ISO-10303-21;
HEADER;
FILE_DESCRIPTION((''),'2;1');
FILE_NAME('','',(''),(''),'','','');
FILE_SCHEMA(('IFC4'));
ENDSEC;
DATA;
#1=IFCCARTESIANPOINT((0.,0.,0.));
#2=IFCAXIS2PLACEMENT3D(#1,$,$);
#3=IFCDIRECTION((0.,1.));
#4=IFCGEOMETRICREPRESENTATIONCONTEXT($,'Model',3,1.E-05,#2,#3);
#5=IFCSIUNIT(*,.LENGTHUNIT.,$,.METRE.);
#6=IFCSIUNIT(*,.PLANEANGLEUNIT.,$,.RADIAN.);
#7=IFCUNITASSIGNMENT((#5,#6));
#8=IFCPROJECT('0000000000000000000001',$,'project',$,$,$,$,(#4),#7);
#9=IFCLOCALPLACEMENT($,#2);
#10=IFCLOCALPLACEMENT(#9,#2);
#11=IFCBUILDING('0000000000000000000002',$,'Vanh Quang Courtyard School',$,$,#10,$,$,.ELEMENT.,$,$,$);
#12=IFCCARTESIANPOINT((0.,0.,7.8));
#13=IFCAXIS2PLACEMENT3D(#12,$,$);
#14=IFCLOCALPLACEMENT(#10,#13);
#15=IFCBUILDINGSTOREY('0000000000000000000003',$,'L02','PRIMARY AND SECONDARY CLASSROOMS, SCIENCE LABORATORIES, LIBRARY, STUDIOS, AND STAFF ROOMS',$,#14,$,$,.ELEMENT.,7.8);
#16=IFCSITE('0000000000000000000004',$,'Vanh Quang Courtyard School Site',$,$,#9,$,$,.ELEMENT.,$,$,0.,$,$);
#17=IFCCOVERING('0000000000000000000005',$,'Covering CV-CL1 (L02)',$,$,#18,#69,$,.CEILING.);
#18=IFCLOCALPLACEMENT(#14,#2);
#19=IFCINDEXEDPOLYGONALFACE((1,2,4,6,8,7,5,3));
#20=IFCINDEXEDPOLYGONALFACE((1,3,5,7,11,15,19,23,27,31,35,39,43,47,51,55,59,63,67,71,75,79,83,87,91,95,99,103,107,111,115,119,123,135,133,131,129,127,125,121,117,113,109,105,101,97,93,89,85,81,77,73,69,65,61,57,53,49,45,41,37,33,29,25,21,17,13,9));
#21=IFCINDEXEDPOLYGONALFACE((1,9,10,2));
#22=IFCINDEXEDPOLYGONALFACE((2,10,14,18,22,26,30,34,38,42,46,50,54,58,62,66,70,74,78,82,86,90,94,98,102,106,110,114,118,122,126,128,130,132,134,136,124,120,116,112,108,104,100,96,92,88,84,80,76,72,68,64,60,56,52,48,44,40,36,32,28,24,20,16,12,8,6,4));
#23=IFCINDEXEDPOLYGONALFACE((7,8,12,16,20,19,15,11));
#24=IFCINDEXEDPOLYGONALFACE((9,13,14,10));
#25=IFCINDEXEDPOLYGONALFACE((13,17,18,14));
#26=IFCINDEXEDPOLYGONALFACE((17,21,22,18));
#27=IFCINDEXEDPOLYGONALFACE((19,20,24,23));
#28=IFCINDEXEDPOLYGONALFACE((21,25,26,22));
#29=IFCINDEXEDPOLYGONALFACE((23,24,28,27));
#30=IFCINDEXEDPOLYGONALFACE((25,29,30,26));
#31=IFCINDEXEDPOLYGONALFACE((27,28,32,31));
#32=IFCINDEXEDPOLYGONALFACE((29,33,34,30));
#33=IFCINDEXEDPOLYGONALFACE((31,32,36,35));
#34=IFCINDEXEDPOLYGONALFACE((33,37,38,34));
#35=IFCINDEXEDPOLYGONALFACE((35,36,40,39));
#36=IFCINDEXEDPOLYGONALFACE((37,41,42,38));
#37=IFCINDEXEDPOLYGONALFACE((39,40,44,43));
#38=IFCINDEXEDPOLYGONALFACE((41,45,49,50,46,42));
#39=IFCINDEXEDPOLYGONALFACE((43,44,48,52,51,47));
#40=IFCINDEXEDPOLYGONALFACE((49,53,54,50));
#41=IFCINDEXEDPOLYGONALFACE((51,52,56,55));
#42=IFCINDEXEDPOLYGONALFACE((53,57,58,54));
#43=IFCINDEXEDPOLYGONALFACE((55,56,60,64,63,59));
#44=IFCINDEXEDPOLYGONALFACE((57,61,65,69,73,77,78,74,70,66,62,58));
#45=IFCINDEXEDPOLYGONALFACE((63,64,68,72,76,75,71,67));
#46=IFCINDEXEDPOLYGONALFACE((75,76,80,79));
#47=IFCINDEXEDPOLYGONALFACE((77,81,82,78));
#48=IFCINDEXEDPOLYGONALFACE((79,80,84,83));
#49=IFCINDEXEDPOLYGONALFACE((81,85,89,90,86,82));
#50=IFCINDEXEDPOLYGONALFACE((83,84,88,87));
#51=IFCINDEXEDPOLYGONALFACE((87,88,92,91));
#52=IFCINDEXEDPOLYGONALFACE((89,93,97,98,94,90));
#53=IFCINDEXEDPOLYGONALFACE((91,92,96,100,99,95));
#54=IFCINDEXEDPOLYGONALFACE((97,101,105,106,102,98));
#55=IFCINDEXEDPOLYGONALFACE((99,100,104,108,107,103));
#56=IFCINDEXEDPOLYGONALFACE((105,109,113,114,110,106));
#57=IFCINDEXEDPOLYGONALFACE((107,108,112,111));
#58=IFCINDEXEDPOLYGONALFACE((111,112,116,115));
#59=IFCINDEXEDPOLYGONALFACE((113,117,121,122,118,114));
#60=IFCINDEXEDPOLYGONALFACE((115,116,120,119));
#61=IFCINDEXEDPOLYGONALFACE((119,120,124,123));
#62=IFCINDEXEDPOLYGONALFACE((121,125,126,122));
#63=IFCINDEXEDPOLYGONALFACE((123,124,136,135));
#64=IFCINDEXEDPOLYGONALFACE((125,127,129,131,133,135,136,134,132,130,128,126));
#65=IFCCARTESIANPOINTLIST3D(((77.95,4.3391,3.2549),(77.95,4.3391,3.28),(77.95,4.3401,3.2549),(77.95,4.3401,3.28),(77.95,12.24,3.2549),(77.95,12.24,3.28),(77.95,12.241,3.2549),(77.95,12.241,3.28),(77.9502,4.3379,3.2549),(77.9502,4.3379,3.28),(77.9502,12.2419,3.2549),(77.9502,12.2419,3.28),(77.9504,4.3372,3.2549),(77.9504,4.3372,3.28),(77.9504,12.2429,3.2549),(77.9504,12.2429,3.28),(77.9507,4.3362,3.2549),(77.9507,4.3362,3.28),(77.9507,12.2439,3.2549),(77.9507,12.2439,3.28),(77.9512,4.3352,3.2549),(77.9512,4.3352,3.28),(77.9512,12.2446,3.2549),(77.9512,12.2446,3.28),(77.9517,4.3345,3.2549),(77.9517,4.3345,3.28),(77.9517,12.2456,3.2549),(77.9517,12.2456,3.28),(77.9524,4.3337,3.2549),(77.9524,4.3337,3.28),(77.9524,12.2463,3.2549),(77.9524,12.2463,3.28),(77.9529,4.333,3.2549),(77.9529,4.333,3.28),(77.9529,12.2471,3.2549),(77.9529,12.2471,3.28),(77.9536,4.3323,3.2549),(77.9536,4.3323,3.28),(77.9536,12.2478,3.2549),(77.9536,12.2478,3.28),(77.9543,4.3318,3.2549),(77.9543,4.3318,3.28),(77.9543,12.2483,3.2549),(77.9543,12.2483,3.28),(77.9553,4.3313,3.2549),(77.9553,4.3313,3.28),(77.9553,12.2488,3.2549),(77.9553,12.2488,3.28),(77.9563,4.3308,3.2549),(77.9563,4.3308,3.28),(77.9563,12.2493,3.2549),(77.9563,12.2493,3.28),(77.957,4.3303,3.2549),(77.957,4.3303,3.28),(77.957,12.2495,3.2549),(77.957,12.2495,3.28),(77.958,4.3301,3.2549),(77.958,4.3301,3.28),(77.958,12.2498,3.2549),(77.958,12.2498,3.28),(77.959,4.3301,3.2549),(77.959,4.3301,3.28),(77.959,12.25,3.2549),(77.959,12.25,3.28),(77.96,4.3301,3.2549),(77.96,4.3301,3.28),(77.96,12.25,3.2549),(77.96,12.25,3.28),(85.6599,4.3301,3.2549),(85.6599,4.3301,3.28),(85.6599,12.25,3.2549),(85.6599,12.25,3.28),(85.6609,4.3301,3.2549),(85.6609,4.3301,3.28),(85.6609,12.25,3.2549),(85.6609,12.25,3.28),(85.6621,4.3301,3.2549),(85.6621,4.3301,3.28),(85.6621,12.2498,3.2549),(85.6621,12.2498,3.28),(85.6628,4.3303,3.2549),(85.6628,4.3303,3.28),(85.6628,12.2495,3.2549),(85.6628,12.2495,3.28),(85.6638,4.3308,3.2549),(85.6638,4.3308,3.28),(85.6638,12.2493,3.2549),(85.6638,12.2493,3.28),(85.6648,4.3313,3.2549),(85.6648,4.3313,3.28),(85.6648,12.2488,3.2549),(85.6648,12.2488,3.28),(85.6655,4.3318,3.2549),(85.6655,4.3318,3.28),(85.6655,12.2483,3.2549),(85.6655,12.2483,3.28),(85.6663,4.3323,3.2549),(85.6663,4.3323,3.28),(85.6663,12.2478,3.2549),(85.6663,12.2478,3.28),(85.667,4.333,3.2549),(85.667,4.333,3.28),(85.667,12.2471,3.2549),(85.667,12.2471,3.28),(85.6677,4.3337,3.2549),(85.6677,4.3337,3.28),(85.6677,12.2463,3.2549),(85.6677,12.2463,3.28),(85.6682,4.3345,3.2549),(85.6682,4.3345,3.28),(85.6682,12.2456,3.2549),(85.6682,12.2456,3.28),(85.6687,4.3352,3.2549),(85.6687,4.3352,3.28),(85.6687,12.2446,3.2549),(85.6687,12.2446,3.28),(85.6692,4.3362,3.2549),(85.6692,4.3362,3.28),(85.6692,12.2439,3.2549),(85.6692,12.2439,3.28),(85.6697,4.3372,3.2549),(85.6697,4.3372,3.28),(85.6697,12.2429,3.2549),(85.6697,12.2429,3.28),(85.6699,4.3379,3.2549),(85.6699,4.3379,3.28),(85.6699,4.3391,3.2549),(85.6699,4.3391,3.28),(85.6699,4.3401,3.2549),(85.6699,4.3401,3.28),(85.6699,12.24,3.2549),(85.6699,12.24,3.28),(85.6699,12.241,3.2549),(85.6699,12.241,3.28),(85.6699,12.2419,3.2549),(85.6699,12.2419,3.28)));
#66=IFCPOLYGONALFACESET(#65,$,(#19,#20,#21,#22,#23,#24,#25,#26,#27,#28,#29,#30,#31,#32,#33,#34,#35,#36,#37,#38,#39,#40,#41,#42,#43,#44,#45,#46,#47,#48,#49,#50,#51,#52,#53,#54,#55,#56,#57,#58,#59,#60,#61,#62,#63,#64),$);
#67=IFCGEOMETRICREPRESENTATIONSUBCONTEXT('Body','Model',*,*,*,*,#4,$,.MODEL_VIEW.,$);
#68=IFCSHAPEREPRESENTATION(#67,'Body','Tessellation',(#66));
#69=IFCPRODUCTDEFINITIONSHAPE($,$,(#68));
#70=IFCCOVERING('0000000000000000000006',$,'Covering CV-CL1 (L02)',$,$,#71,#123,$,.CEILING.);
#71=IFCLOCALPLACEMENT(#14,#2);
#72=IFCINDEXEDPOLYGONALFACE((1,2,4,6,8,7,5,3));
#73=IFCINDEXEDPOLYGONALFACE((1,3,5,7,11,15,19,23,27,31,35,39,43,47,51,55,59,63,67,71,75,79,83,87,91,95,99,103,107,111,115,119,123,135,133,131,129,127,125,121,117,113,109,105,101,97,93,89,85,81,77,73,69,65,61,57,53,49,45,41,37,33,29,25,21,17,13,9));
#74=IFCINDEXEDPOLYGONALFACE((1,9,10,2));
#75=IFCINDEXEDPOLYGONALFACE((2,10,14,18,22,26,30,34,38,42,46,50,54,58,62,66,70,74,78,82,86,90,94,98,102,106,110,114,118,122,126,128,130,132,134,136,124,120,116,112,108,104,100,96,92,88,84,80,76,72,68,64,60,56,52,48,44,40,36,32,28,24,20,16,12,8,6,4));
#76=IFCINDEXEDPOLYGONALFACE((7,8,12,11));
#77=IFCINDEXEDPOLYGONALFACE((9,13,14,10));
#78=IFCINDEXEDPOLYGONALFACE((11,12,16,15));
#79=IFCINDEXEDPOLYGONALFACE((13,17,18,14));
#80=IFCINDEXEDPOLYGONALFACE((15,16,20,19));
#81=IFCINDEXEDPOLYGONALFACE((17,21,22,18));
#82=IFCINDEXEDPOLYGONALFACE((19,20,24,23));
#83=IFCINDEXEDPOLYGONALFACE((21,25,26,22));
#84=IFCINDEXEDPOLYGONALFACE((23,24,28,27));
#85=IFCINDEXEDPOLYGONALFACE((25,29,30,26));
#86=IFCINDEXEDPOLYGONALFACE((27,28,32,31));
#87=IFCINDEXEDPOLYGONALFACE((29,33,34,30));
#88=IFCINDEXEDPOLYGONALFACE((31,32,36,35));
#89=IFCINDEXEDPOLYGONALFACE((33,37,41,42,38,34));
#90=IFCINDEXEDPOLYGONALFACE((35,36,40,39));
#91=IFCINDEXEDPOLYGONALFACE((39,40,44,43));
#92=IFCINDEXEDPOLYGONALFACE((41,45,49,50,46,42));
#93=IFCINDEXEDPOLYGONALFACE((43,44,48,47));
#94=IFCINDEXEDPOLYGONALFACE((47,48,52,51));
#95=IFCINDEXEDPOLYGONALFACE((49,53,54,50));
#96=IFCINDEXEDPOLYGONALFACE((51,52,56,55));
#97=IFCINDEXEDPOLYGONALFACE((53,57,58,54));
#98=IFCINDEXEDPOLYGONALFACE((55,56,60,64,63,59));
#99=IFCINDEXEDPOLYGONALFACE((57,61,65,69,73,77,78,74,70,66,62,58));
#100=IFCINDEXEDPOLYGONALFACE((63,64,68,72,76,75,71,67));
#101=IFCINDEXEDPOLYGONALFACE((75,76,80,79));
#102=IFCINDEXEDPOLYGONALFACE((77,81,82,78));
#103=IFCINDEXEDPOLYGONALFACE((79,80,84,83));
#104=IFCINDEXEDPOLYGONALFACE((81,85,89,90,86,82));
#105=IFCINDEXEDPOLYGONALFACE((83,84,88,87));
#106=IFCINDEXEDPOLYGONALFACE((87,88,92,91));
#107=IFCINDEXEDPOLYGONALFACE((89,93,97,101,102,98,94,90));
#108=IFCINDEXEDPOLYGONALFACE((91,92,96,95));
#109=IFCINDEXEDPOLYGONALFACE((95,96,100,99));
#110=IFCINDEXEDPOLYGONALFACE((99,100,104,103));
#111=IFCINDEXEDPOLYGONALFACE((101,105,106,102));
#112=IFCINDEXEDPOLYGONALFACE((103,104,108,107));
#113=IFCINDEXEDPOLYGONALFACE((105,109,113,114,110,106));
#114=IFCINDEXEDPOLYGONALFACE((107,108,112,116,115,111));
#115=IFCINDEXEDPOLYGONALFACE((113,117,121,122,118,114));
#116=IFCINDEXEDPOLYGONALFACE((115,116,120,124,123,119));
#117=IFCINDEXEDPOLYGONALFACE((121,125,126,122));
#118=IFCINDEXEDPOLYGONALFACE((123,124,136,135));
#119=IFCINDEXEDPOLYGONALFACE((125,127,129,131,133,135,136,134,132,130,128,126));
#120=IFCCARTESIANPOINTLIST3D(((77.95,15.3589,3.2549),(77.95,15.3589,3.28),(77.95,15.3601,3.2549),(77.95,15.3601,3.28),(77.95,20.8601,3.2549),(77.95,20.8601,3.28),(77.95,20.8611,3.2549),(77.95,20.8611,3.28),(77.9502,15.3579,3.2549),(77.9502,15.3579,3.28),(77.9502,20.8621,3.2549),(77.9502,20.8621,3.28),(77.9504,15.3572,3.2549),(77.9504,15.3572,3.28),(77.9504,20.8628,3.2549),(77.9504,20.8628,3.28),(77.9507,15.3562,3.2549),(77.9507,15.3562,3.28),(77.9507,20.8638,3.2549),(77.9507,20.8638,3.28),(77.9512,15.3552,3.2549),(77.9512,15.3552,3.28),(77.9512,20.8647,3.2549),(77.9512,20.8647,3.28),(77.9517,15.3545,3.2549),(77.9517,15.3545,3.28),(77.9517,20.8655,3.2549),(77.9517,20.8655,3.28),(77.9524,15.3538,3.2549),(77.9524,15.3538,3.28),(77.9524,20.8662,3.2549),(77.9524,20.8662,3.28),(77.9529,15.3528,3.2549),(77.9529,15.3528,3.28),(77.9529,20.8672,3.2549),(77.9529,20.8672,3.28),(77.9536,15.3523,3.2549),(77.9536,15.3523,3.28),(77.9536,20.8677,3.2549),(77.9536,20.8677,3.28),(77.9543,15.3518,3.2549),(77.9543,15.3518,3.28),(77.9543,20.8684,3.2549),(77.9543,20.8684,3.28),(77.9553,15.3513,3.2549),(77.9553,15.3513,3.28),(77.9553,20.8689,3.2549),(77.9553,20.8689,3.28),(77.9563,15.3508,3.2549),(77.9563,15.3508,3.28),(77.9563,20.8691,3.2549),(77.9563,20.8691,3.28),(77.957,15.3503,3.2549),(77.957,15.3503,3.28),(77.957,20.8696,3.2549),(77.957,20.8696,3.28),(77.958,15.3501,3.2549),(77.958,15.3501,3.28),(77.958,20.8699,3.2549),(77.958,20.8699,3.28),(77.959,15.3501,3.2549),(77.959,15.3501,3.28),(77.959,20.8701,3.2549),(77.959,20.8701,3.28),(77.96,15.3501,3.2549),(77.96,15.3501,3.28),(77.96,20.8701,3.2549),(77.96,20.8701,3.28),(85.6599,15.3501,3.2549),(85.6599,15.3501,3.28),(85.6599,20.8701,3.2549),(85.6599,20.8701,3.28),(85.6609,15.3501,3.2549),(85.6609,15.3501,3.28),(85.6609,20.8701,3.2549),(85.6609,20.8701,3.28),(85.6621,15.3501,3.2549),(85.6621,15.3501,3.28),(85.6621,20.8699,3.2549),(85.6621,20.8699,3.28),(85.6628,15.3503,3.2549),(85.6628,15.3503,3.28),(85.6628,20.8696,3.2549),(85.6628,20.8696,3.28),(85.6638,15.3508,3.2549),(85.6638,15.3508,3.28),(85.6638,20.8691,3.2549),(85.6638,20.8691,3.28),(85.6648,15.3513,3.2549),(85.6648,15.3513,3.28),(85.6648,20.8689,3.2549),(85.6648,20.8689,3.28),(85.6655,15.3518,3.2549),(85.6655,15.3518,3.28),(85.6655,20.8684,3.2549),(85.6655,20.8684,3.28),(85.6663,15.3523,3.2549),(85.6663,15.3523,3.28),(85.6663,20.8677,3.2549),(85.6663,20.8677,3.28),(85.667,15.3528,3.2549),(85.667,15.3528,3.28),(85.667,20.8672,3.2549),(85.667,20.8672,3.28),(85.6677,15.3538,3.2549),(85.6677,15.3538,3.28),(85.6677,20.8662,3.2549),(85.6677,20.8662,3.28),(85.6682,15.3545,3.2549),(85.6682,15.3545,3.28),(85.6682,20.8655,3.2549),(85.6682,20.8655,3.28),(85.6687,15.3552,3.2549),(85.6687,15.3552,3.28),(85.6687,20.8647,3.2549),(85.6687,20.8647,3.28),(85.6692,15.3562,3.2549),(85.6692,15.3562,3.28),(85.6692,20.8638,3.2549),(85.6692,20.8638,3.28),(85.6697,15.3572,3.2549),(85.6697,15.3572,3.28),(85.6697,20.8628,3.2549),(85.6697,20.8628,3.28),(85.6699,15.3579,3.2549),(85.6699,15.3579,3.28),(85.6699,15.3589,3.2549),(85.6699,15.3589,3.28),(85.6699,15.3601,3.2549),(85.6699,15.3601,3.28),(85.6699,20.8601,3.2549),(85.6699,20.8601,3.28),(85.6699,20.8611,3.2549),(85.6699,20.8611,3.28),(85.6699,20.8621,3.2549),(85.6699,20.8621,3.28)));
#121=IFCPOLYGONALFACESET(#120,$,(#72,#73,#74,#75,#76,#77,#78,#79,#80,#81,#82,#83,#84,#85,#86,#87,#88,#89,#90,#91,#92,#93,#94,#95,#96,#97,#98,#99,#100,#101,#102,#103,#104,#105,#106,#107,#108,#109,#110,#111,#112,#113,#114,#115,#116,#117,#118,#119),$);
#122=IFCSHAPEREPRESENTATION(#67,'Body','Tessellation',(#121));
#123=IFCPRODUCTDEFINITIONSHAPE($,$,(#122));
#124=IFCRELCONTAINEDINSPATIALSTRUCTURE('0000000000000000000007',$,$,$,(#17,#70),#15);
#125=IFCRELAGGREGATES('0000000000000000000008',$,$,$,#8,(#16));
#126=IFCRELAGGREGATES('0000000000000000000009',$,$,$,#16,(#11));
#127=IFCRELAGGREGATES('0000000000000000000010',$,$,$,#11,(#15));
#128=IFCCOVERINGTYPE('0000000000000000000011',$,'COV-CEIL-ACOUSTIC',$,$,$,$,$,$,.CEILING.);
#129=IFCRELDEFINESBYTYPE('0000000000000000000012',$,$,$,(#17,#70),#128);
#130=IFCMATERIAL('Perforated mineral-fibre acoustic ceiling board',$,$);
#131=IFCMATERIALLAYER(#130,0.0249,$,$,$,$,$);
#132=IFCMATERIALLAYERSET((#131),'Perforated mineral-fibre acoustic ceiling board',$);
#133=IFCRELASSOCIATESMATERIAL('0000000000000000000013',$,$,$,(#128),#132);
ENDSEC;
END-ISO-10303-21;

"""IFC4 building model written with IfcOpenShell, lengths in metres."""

from ifc_helpers import new_model, si_unit, direction, frame, origin, place, context, subcontext, project, spatial, polyline, outline, extrude, material, layer, layer_set, type_object, element, save


model = new_model("IFC4")

# Units and contexts
model_context = context("Model", 3, precision=1e-05, world=origin(), true_north=direction((0.0, 1.0)))
body_context = subcontext(model_context, "Body", "Model", "MODEL_VIEW")
ifc_project = project(units=[si_unit("LENGTHUNIT", "METRE"), si_unit("PLANEANGLEUNIT", "RADIAN")], contexts=[model_context])

# Site, building, storey
site_placement = place(None, origin())
site = spatial("IfcSite", under=ifc_project, at=site_placement, Name="Vanh Quang Courtyard School Site", CompositionType="ELEMENT", RefElevation=0.0)
building_placement = place(site_placement, origin())
building = spatial("IfcBuilding", under=site, at=building_placement, Name="Vanh Quang Courtyard School", CompositionType="ELEMENT")
storey_placement = place(building_placement, frame((0.0, 0.0, 7.8)))
storey = spatial("IfcBuildingStorey", under=building, at=storey_placement, Name="L02", Description="PRIMARY AND SECONDARY CLASSROOMS, SCIENCE LABORATORIES, LIBRARY, STUDIOS, AND STAFF ROOMS", CompositionType="ELEMENT", Elevation=7.8)

# Coverings
ifc_material_1 = material(Name="Perforated mineral-fibre acoustic ceiling board")
ifc_layer_1 = layer(ifc_material_1, 0.0249)
ifc_layer_set_1 = layer_set([ifc_layer_1], Name="Perforated mineral-fibre acoustic ceiling board")
covering_type_1 = type_object("IfcCoveringType", Name="COV-CEIL-ACOUSTIC", PredefinedType="CEILING", material=ifc_layer_set_1)
covering_1_placement = place(storey_placement, frame((0.0, 0.0, 3.2549)))
element("IfcCovering", 1, at=covering_1_placement, inside=storey, type_object=covering_type_1, Name="Covering CV-CL1 (L02)", PredefinedType="CEILING", context=body_context, shape_type="SweptSolid", body=[
    extrude(outline(polyline([(77.96, 4.3301), (77.959, 4.3301), (77.958, 4.3301), (77.957, 4.3303), (77.9563, 4.3308), (77.9553, 4.3313), (77.9543, 4.3318), (77.9536, 4.3323), (77.9529, 4.333), (77.9524, 4.3337), (77.9517, 4.3345), (77.9512, 4.3352), (77.9507, 4.3362), (77.9504, 4.3372), (77.9502, 4.3379), (77.95, 4.3391), (77.95, 4.3401), (77.95, 12.24), (77.95, 12.241), (77.9502, 12.2419), (77.9504, 12.2429), (77.9507, 12.2439), (77.9512, 12.2446), (77.9517, 12.2456), (77.9524, 12.2463), (77.9529, 12.2471), (77.9536, 12.2478), (77.9543, 12.2483), (77.9553, 12.2488), (77.9563, 12.2493), (77.957, 12.2495), (77.958, 12.2498), (77.959, 12.25), (77.96, 12.25), (85.6599, 12.25), (85.6609, 12.25), (85.6621, 12.2498), (85.6628, 12.2495), (85.6638, 12.2493), (85.6648, 12.2488), (85.6655, 12.2483), (85.6663, 12.2478), (85.667, 12.2471), (85.6677, 12.2463), (85.6682, 12.2456), (85.6687, 12.2446), (85.6692, 12.2439), (85.6697, 12.2429), (85.6699, 12.2419), (85.6699, 12.241), (85.6699, 12.24), (85.6699, 4.3401), (85.6699, 4.3391), (85.6699, 4.3379), (85.6697, 4.3372), (85.6692, 4.3362), (85.6687, 4.3352), (85.6682, 4.3345), (85.6677, 4.3337), (85.667, 4.333), (85.6663, 4.3323), (85.6655, 4.3318), (85.6648, 4.3313), (85.6638, 4.3308), (85.6628, 4.3303), (85.6621, 4.3301), (85.6609, 4.3301), (85.6599, 4.3301), (77.96, 4.3301)])), origin(), (0.0, 0.0, 1.0), 0.0251),
])
covering_2_placement = place(storey_placement, frame((0.0, 0.0, 3.2549)))
element("IfcCovering", 2, at=covering_2_placement, inside=storey, type_object=covering_type_1, Name="Covering CV-CL1 (L02)", PredefinedType="CEILING", context=body_context, shape_type="SweptSolid", body=[
    extrude(outline(polyline([(77.96, 15.3501), (77.959, 15.3501), (77.958, 15.3501), (77.957, 15.3503), (77.9563, 15.3508), (77.9553, 15.3513), (77.9543, 15.3518), (77.9536, 15.3523), (77.9529, 15.3528), (77.9524, 15.3538), (77.9517, 15.3545), (77.9512, 15.3552), (77.9507, 15.3562), (77.9504, 15.3572), (77.9502, 15.3579), (77.95, 15.3589), (77.95, 15.3601), (77.95, 20.8601), (77.95, 20.8611), (77.9502, 20.8621), (77.9504, 20.8628), (77.9507, 20.8638), (77.9512, 20.8647), (77.9517, 20.8655), (77.9524, 20.8662), (77.9529, 20.8672), (77.9536, 20.8677), (77.9543, 20.8684), (77.9553, 20.8689), (77.9563, 20.8691), (77.957, 20.8696), (77.958, 20.8699), (77.959, 20.8701), (77.96, 20.8701), (85.6599, 20.8701), (85.6609, 20.8701), (85.6621, 20.8699), (85.6628, 20.8696), (85.6638, 20.8691), (85.6648, 20.8689), (85.6655, 20.8684), (85.6663, 20.8677), (85.667, 20.8672), (85.6677, 20.8662), (85.6682, 20.8655), (85.6687, 20.8647), (85.6692, 20.8638), (85.6697, 20.8628), (85.6699, 20.8621), (85.6699, 20.8611), (85.6699, 20.8601), (85.6699, 15.3601), (85.6699, 15.3589), (85.6699, 15.3579), (85.6697, 15.3572), (85.6692, 15.3562), (85.6687, 15.3552), (85.6682, 15.3545), (85.6677, 15.3538), (85.667, 15.3528), (85.6663, 15.3523), (85.6655, 15.3518), (85.6648, 15.3513), (85.6638, 15.3508), (85.6628, 15.3503), (85.6621, 15.3501), (85.6609, 15.3501), (85.6599, 15.3501), (77.96, 15.3501)])), origin(), (0.0, 0.0, 1.0), 0.0251),
])

save(model, "model.ifc")
